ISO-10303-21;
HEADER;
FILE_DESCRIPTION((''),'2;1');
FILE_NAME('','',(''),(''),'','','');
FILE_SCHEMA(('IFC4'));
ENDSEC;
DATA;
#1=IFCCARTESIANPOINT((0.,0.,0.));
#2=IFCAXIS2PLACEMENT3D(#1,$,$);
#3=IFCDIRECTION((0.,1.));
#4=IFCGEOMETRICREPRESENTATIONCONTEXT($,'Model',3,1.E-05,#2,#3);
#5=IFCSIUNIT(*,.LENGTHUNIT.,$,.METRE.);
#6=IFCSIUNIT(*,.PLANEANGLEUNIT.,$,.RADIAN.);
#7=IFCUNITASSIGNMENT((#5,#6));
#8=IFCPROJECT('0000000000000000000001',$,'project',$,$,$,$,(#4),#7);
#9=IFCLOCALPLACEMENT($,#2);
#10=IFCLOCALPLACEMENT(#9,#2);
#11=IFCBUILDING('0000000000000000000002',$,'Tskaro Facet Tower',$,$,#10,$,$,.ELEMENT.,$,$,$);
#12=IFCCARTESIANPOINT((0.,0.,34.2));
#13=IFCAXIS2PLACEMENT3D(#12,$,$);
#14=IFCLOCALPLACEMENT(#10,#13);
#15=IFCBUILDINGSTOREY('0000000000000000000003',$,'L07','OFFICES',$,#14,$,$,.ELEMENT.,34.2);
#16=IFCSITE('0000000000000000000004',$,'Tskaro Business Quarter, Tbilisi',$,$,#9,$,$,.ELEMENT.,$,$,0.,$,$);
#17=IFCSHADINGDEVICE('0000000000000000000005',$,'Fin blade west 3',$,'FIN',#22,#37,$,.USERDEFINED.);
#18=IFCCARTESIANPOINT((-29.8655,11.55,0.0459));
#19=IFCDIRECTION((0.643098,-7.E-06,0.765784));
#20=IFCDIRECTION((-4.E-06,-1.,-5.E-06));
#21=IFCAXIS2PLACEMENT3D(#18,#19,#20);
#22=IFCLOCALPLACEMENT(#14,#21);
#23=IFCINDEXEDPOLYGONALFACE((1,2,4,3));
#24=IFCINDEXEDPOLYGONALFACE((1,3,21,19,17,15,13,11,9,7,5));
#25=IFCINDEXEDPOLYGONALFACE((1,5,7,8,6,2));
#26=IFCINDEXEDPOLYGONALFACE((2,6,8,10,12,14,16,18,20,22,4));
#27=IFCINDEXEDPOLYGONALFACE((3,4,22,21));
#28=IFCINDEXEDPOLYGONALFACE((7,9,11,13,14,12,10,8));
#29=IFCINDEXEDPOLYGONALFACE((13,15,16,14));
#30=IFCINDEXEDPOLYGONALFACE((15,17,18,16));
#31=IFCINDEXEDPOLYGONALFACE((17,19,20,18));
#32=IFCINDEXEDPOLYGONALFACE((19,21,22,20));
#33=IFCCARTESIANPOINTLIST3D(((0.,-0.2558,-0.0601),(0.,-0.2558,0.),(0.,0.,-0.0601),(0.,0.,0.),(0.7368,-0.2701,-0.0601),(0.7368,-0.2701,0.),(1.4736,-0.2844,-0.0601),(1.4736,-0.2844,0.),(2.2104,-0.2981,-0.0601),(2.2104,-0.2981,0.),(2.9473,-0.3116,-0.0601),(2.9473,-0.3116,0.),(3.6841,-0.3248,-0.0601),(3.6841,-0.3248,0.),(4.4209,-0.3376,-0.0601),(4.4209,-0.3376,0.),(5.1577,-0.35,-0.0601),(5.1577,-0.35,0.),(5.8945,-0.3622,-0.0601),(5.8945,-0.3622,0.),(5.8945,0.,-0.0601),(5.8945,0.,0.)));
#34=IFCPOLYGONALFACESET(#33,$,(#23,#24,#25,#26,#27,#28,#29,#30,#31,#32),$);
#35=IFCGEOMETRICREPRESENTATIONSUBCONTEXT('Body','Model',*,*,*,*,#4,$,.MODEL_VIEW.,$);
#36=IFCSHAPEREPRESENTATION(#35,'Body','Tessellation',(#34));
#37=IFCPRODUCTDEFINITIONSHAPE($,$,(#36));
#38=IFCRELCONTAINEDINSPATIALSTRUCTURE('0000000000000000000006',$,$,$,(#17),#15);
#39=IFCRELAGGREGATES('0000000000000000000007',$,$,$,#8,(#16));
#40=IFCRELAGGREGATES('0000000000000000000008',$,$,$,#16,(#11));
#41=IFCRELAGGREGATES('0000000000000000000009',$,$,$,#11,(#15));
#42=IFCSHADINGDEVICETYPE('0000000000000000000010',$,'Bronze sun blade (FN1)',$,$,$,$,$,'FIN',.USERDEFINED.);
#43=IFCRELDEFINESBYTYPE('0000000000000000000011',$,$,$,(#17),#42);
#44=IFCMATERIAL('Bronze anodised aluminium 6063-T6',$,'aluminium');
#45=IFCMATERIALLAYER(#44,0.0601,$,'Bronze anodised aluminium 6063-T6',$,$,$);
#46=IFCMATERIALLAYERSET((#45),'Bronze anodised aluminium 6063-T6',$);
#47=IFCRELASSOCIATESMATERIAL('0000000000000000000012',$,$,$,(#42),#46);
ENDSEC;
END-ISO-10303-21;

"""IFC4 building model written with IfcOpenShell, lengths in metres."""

from ifc_helpers import new_model, si_unit, direction, frame, origin, place, context, subcontext, project, spatial, polyline, outline, extrude, material, layer, layer_set, type_object, element, save


model = new_model("IFC4")

# Units and contexts
model_context = context("Model", 3, precision=1e-05, world=origin(), true_north=direction((0.0, 1.0)))
body_context = subcontext(model_context, "Body", "Model", "MODEL_VIEW")
ifc_project = project(units=[si_unit("LENGTHUNIT", "METRE"), si_unit("PLANEANGLEUNIT", "RADIAN")], contexts=[model_context])

# Site, building, storey
site_placement = place(None, origin())
site = spatial("IfcSite", under=ifc_project, at=site_placement, Name="Tskaro Business Quarter, Tbilisi", CompositionType="ELEMENT", RefElevation=0.0)
building_placement = place(site_placement, origin())
building = spatial("IfcBuilding", under=site, at=building_placement, Name="Tskaro Facet Tower", CompositionType="ELEMENT")
storey_placement = place(building_placement, frame((0.0, 0.0, 34.2)))
storey = spatial("IfcBuildingStorey", under=building, at=storey_placement, Name="L07", Description="OFFICES", CompositionType="ELEMENT", Elevation=34.2)

# Shared definitions
ifc_material_1 = material(Name="Bronze anodised aluminium 6063-T6", Category="aluminium")

# Shading device
ifc_layer_1 = layer(ifc_material_1, 0.0601, Name="Bronze anodised aluminium 6063-T6")
ifc_layer_set_1 = layer_set([ifc_layer_1], Name="Bronze anodised aluminium 6063-T6")
shading_device_type = type_object("IfcShadingDeviceType", Name="Bronze sun blade (FN1)", ElementType="FIN", PredefinedType="USERDEFINED", material=ifc_layer_set_1)
shading_device_1_placement = place(storey_placement, frame((-29.8655, 11.55, 0.0459), z_axis=(0.643098, -0.000007, 0.765784), x_axis=(-0.000004, -1.0, -0.000005)))
element("IfcShadingDevice", 1, at=shading_device_1_placement, inside=storey, type_object=shading_device_type, Name="Fin blade west 3", ObjectType="FIN", PredefinedType="USERDEFINED", context=body_context, shape_type="SweptSolid", body=[
    extrude(outline(polyline([(0.0, 0.0), (5.8945, 0.0), (5.8945, -0.3622), (5.1577, -0.35), (4.4209, -0.3376), (3.6841, -0.3248), (2.9473, -0.3116), (2.2104, -0.2981), (1.4736, -0.2844), (0.7368, -0.2701), (0.0, -0.2558), (0.0, 0.0)])), origin(), (0.0, 0.0, -1.0), 0.0601),
])

save(model, "model.ifc")
